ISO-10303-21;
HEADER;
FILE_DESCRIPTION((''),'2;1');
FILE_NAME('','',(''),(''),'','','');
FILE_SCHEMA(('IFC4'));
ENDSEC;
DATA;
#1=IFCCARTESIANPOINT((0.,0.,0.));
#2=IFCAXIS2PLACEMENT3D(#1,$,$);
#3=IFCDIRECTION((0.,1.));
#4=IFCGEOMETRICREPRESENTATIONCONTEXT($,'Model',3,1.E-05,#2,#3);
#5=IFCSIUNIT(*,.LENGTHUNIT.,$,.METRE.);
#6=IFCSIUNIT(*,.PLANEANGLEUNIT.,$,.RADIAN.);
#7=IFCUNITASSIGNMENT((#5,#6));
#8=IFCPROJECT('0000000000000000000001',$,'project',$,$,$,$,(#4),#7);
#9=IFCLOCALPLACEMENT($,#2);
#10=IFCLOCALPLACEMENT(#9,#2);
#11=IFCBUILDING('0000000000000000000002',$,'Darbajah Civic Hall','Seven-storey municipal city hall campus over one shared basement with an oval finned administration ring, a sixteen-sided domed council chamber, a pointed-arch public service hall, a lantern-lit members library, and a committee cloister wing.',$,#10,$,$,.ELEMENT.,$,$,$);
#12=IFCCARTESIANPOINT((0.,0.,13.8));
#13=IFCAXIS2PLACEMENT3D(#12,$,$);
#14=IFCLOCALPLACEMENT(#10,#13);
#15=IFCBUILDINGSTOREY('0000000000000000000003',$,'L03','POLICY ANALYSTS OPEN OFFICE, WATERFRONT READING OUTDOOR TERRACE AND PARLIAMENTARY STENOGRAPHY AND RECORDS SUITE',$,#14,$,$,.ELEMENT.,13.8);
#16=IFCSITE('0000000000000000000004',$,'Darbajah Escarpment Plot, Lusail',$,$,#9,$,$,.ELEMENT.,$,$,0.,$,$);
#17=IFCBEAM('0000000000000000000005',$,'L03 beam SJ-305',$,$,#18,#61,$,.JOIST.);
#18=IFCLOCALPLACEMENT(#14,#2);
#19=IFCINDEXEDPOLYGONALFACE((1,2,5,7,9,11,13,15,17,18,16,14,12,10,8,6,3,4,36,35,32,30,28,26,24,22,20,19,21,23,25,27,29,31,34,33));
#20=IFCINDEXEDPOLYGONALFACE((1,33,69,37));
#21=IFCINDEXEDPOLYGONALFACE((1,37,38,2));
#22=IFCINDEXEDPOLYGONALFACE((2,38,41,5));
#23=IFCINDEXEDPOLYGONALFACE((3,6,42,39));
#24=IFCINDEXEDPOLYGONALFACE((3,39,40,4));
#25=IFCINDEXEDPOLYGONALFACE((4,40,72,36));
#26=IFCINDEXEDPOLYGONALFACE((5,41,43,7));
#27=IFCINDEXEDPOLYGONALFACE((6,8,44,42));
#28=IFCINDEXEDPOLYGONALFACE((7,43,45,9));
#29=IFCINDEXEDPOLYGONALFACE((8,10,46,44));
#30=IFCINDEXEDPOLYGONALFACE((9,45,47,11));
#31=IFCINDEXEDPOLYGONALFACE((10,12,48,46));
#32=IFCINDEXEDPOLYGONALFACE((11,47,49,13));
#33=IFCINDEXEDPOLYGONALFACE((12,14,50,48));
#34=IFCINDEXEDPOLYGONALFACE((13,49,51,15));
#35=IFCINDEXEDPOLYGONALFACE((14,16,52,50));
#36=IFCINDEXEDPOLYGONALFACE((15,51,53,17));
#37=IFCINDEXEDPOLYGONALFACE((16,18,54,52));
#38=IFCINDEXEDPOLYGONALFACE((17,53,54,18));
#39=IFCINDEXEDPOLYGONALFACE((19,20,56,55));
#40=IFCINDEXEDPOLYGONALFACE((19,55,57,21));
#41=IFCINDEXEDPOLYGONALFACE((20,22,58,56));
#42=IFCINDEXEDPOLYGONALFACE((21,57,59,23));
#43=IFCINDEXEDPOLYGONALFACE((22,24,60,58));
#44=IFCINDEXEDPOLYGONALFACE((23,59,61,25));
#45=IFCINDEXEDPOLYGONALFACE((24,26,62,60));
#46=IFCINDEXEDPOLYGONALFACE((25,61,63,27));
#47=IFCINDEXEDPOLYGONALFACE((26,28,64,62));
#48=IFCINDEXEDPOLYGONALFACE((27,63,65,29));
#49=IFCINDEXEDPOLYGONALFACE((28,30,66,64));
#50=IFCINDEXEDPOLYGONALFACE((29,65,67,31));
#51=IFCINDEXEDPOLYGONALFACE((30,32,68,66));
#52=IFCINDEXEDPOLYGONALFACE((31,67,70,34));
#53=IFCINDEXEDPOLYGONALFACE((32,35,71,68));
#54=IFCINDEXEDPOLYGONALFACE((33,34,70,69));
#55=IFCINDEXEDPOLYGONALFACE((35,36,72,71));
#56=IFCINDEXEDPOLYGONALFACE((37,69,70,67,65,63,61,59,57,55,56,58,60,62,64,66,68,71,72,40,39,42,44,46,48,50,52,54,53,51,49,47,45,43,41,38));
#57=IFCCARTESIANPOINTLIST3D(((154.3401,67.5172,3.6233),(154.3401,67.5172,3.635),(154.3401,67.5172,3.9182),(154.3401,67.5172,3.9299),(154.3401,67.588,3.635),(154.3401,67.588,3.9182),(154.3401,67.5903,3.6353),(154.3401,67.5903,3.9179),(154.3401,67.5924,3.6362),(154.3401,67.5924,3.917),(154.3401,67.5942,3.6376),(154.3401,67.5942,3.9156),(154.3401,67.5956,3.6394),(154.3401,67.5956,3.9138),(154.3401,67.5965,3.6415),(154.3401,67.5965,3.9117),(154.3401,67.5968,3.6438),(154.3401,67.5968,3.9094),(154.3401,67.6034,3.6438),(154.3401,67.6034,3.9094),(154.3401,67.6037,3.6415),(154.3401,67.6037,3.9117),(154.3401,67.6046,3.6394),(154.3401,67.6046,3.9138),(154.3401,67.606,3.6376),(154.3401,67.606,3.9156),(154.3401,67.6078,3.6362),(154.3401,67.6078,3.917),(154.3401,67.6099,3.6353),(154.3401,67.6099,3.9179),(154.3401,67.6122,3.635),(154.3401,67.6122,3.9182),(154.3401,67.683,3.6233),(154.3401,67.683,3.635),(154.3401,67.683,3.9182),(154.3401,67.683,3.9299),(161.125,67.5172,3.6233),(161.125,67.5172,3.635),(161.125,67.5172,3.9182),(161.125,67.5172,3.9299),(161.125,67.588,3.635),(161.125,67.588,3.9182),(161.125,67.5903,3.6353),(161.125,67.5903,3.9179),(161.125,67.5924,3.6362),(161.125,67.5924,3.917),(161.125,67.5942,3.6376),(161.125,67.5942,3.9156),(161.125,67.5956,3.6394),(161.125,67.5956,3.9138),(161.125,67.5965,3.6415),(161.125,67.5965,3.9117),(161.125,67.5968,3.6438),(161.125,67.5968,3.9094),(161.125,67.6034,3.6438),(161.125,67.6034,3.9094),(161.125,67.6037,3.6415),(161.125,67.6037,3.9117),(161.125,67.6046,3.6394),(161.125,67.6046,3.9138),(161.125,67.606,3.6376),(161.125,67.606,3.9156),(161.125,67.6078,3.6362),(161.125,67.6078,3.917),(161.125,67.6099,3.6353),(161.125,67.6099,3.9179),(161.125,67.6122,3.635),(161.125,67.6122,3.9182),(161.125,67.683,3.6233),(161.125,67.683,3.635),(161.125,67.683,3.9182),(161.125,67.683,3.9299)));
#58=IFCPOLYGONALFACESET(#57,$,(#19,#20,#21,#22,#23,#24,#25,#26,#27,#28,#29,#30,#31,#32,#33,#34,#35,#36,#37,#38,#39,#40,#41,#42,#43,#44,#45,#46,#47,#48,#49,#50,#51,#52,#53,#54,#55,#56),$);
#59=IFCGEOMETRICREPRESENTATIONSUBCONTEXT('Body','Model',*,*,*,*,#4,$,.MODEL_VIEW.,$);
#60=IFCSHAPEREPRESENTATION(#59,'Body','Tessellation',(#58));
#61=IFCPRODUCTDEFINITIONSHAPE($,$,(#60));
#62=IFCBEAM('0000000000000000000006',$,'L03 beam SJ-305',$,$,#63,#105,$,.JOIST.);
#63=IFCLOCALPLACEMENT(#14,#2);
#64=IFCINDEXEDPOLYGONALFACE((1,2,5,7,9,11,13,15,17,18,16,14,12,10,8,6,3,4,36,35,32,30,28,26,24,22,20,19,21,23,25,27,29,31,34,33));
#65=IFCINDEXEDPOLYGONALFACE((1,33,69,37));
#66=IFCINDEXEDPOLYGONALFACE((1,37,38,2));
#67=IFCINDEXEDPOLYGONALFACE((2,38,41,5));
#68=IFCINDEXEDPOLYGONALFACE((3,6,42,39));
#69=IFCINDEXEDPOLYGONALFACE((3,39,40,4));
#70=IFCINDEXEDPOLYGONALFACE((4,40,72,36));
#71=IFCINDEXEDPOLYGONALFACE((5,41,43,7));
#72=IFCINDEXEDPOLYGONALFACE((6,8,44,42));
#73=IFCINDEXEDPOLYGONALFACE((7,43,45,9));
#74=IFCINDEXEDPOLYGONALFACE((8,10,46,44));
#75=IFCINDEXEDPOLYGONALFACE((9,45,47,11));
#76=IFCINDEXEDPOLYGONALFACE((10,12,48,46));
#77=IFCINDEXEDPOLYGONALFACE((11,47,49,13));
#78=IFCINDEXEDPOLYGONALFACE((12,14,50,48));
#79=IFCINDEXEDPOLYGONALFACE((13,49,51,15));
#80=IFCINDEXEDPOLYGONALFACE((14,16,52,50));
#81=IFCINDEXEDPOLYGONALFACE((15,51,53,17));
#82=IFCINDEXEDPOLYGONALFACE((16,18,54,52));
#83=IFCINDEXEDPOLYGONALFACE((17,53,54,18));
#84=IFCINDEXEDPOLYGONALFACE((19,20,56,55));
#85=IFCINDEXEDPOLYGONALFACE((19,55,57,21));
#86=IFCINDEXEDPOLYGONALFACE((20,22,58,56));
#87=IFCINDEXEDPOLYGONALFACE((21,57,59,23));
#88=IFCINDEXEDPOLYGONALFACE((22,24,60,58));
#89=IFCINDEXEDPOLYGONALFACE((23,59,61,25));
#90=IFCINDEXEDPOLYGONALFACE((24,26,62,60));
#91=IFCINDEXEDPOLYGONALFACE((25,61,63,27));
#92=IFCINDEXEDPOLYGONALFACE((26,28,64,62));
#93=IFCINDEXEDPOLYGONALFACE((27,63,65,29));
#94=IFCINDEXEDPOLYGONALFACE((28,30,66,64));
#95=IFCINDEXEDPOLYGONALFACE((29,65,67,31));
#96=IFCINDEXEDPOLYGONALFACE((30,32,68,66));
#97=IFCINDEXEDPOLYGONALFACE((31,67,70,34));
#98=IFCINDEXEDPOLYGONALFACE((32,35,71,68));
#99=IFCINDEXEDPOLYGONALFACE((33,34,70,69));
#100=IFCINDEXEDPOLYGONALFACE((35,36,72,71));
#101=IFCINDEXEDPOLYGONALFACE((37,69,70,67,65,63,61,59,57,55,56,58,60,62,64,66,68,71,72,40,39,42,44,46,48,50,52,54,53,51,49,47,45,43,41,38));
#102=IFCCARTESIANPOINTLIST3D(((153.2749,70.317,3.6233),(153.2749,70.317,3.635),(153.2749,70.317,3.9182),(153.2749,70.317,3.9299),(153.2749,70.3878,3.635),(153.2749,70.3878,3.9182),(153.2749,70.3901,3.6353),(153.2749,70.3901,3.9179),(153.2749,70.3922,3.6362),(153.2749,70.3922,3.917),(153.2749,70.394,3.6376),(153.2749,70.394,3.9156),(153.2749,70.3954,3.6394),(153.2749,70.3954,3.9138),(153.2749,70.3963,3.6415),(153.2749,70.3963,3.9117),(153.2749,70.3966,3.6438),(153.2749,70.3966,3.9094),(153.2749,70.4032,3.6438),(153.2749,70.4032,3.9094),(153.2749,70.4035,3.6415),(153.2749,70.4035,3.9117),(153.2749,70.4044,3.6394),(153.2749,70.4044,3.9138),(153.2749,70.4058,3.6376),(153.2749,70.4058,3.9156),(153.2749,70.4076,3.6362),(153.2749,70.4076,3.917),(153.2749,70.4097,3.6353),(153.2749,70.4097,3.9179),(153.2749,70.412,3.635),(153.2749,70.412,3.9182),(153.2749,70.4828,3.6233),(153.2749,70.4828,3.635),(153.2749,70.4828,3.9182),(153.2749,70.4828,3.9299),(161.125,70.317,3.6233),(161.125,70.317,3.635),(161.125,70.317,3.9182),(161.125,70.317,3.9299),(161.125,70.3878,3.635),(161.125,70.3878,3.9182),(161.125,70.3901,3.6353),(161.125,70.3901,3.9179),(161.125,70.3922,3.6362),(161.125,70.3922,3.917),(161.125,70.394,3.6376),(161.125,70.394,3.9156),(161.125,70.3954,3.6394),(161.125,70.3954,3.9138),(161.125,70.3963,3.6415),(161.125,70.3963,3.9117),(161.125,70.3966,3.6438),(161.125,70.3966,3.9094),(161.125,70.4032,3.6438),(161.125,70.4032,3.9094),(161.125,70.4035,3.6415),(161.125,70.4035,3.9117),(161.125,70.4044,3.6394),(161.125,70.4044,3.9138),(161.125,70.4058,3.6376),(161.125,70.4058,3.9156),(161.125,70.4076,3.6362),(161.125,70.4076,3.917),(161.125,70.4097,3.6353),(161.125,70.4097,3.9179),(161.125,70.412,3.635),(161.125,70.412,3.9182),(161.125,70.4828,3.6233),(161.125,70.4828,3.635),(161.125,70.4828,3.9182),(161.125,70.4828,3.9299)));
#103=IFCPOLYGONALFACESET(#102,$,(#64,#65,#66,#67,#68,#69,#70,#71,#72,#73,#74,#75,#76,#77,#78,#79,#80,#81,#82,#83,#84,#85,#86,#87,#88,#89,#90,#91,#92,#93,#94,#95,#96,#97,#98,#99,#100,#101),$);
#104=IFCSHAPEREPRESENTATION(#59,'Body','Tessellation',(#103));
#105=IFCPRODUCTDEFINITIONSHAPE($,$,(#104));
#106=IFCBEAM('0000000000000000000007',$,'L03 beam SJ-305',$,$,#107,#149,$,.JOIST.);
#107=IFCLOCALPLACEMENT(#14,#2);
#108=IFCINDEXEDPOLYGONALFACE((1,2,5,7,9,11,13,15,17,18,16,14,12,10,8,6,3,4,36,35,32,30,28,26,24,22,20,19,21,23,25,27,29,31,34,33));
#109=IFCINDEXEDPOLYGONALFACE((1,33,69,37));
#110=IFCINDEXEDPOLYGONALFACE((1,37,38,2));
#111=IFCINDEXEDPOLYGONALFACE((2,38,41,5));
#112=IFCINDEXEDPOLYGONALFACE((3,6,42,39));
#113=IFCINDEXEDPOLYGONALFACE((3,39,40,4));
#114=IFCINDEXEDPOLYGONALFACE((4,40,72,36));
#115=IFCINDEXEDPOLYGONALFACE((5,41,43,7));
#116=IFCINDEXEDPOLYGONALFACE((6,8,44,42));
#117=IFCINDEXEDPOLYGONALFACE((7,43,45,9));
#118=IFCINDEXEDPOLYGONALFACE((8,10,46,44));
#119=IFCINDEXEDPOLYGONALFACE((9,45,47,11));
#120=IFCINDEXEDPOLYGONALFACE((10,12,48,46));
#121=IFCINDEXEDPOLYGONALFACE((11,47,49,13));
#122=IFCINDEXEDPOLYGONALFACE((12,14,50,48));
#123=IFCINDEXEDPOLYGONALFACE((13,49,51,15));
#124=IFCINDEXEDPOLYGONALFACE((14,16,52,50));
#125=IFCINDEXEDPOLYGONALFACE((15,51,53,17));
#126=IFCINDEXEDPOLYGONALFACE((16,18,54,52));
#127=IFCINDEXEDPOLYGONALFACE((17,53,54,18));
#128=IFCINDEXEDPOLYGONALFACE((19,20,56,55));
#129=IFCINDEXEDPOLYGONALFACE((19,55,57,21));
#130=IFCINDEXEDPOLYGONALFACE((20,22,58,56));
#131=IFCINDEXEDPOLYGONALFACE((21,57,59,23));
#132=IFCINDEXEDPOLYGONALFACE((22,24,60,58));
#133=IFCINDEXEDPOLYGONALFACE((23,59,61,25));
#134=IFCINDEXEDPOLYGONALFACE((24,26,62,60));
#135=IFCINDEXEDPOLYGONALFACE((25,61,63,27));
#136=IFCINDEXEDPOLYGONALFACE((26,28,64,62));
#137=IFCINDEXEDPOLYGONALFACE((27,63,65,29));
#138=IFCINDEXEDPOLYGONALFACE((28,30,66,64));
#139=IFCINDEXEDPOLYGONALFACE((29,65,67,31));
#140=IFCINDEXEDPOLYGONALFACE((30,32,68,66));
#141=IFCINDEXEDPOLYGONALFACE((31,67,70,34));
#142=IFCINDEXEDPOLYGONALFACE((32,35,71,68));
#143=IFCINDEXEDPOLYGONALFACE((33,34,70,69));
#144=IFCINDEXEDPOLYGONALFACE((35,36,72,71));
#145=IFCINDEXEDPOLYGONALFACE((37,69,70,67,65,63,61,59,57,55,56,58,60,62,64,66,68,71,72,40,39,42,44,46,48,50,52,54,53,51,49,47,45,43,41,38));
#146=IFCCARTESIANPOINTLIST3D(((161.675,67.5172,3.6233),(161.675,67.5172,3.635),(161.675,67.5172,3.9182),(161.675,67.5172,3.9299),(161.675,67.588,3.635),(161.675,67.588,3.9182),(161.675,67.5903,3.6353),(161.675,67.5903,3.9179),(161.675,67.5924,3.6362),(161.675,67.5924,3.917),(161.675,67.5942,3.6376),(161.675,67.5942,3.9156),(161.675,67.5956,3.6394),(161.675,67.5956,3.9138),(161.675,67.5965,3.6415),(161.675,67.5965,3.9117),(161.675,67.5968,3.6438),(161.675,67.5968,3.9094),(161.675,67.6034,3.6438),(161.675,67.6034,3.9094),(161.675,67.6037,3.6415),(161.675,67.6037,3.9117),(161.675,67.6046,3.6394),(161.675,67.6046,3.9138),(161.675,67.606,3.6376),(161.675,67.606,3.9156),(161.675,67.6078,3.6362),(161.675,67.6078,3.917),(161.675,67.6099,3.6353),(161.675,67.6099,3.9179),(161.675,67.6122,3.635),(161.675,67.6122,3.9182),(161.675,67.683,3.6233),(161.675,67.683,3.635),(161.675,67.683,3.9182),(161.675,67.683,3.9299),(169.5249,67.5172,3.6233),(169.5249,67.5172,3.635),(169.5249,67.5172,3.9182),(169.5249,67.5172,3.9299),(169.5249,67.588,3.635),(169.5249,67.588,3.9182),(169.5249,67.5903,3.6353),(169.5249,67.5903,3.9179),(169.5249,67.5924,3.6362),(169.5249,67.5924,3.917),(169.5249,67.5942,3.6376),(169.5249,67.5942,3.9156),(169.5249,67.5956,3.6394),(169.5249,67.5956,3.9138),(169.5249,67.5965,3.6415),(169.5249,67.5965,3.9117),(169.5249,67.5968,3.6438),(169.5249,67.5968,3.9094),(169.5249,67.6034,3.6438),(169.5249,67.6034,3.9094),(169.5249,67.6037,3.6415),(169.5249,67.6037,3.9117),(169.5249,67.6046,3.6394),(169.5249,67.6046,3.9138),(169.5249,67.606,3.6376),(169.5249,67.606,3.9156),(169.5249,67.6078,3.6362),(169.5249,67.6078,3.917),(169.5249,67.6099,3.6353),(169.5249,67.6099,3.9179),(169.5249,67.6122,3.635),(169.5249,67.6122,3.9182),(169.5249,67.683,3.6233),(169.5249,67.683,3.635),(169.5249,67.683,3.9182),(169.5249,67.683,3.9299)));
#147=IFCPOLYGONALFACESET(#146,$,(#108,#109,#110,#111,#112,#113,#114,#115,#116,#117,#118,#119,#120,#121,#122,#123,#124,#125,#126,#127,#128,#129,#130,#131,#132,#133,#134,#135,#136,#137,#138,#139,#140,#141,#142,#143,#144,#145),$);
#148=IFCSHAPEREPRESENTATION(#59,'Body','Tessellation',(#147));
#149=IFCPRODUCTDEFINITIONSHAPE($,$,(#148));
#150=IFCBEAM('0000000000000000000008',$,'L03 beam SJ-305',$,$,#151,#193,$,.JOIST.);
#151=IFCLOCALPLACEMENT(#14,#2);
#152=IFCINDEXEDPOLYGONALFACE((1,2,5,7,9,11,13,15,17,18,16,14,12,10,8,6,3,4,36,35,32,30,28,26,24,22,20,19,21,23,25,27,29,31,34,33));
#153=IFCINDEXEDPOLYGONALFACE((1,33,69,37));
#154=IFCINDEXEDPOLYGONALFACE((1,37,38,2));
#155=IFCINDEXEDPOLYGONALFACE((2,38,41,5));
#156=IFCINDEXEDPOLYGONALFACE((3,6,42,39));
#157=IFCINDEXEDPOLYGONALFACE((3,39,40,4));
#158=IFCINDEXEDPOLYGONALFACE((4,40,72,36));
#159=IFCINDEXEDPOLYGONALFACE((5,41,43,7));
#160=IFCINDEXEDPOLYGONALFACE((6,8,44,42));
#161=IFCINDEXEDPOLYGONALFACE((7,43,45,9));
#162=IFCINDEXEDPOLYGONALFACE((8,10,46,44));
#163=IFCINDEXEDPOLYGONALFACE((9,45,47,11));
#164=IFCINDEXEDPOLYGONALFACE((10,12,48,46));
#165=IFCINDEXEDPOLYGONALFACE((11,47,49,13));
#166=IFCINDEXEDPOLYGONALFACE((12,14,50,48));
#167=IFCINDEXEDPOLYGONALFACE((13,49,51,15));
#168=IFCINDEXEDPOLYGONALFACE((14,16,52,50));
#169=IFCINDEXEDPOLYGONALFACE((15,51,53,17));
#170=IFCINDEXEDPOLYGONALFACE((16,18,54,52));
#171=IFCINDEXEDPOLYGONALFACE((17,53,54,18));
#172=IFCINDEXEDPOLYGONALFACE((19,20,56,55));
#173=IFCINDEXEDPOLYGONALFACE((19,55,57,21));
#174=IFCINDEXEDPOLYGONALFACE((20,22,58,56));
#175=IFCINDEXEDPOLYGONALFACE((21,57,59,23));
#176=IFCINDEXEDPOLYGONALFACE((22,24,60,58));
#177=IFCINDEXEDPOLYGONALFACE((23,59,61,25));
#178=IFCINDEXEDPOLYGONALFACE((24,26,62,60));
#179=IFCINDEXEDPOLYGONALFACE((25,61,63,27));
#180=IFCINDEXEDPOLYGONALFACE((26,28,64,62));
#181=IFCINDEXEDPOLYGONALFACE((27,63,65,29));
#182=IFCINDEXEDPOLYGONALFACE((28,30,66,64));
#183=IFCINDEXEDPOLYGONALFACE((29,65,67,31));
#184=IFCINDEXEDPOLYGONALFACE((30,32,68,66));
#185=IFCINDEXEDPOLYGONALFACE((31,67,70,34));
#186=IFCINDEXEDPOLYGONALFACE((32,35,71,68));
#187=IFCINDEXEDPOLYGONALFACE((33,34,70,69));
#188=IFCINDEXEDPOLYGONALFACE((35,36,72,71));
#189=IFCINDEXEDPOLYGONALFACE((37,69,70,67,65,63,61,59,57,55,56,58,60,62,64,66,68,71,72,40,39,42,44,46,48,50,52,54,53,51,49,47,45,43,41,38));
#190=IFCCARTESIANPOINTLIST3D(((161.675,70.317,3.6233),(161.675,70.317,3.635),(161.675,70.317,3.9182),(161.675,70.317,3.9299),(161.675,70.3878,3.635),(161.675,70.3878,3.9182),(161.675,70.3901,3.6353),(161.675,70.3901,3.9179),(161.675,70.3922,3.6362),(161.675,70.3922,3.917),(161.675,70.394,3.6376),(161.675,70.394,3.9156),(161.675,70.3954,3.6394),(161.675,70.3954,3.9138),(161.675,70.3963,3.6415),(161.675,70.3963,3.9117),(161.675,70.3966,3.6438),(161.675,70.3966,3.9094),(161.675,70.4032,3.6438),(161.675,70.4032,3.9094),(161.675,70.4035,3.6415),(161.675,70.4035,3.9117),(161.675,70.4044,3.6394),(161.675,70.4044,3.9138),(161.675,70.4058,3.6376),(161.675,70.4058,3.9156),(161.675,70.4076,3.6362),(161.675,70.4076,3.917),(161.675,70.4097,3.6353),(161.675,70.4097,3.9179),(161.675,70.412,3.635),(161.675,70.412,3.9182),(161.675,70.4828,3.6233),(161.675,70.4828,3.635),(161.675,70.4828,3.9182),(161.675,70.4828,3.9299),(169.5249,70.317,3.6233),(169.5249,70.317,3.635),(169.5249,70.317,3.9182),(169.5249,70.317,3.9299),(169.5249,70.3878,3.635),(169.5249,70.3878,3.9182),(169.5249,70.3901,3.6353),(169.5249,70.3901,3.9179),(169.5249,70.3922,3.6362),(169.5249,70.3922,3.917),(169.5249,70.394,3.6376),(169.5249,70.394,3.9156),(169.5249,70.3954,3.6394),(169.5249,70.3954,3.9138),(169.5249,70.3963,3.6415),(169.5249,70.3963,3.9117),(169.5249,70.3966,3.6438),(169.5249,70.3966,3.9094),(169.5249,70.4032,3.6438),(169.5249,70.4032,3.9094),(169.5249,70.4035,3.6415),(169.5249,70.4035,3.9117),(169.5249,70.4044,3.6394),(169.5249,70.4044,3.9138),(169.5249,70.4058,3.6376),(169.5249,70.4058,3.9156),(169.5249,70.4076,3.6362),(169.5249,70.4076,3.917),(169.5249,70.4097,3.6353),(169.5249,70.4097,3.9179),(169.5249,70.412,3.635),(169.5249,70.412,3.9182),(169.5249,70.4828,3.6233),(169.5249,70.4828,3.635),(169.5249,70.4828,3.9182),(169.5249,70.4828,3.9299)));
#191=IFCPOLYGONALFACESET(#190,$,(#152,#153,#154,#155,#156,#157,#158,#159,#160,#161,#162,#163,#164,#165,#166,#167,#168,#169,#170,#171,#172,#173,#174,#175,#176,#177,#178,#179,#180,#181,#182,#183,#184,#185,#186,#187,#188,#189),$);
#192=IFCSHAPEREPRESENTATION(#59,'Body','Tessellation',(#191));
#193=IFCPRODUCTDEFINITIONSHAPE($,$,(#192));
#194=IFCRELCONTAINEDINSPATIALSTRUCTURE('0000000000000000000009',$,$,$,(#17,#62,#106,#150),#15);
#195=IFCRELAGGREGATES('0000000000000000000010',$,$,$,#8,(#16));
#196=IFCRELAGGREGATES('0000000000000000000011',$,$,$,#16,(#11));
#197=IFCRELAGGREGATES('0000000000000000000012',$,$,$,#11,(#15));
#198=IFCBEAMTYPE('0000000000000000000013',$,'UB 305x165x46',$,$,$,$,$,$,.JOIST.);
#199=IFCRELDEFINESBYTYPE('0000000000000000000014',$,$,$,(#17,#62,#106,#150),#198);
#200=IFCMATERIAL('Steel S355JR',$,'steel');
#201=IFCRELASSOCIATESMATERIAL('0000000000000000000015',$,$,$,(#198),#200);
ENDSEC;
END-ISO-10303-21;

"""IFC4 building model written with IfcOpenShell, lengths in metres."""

from ifc_helpers import new_model, si_unit, direction, frame, origin, origin_2d, place, context, subcontext, project, spatial, i_section, extrude, material, material_profile, profile_set, type_object, element, save


model = new_model("IFC4")

# Units and contexts
model_context = context("Model", 3, precision=1e-05, world=origin(), true_north=direction((0.0, 1.0)))
body_context = subcontext(model_context, "Body", "Model", "MODEL_VIEW")
ifc_project = project(units=[si_unit("LENGTHUNIT", "METRE"), si_unit("PLANEANGLEUNIT", "RADIAN")], contexts=[model_context])

# Site, building, storey
site_placement = place(None, origin())
site = spatial("IfcSite", under=ifc_project, at=site_placement, Name="Darbajah Escarpment Plot, Lusail", CompositionType="ELEMENT", RefElevation=0.0)
building_placement = place(site_placement, origin())
building = spatial("IfcBuilding", under=site, at=building_placement, Name="Darbajah Civic Hall", Description="Seven-storey municipal city hall campus over one shared basement with an oval finned administration ring, a sixteen-sided domed council chamber, a pointed-arch public service hall, a lantern-lit members library, and a committee cloister wing.", CompositionType="ELEMENT")
storey_placement = place(building_placement, frame((0.0, 0.0, 13.8)))
storey = spatial("IfcBuildingStorey", under=building, at=storey_placement, Name="L03", Description="POLICY ANALYSTS OPEN OFFICE, WATERFRONT READING OUTDOOR TERRACE AND PARLIAMENTARY STENOGRAPHY AND RECORDS SUITE", CompositionType="ELEMENT", Elevation=13.8)

# Shared definitions
ifc_material_1 = material(Name="Steel S355JR", Category="steel")

# Beams
ifc_material_profile_1 = material_profile(ifc_material_1, i_section(OverallWidth=0.1658, OverallDepth=0.3066, WebThickness=0.0066, FlangeThickness=0.0117, FilletRadius=0.0088, at=origin_2d()), Name="UB 305x165x46")
ifc_profile_set_1 = profile_set([ifc_material_profile_1], Name="Steel S355JR")
beam_type_1 = type_object("IfcBeamType", Name="UB 305x165x46", PredefinedType="JOIST", material=ifc_profile_set_1)
beam_1_placement = place(storey_placement, frame((154.3401, 67.6001, 3.7766), z_axis=(1.0, 0.0, 0.0), x_axis=(0.0, 1.0, 0.0)))
element("IfcBeam", 1, at=beam_1_placement, inside=storey, type_object=beam_type_1, Name="L03 beam SJ-305", PredefinedType="JOIST", context=body_context, shape_type="SweptSolid", body=[
    extrude(i_section(OverallWidth=0.1658, OverallDepth=0.3066, WebThickness=0.0066, FlangeThickness=0.0117, FilletRadius=0.0088, at=origin_2d()), origin(), (0.0, 0.0, 1.0), 6.7849),
])
beam_2_placement = place(storey_placement, frame((153.2749, 70.3999, 3.7766), z_axis=(1.0, 0.0, 0.0), x_axis=(0.0, 1.0, 0.0)))
element("IfcBeam", 2, at=beam_2_placement, inside=storey, type_object=beam_type_1, Name="L03 beam SJ-305", PredefinedType="JOIST", context=body_context, shape_type="SweptSolid", body=[
    extrude(i_section(OverallWidth=0.1658, OverallDepth=0.3066, WebThickness=0.0066, FlangeThickness=0.0117, FilletRadius=0.0088, at=origin_2d()), origin(), (0.0, 0.0, 1.0), 7.8501),
])
for number, where, z_axis, x_axis, name in (
    (3, (161.675, 67.6001, 3.7766), (1.0, 0.0, 0.0), (0.0, 1.0, 0.0), "L03 beam SJ-305"),
    (4, (161.675, 70.3999, 3.7766), (1.0, 0.0, 0.0), (0.0, 1.0, 0.0), "L03 beam SJ-305"),
):
    element("IfcBeam", number, at=place(storey_placement, frame(where, z_axis=z_axis, x_axis=x_axis)), inside=storey, type_object=beam_type_1, Name=name, PredefinedType="JOIST", context=body_context, shape_type="SweptSolid", body=[
        extrude(i_section(OverallWidth=0.1658, OverallDepth=0.3066, WebThickness=0.0066, FlangeThickness=0.0117, FilletRadius=0.0088, at=origin_2d()), origin(), (0.0, 0.0, 1.0), 7.8499),
    ])

save(model, "model.ifc")
